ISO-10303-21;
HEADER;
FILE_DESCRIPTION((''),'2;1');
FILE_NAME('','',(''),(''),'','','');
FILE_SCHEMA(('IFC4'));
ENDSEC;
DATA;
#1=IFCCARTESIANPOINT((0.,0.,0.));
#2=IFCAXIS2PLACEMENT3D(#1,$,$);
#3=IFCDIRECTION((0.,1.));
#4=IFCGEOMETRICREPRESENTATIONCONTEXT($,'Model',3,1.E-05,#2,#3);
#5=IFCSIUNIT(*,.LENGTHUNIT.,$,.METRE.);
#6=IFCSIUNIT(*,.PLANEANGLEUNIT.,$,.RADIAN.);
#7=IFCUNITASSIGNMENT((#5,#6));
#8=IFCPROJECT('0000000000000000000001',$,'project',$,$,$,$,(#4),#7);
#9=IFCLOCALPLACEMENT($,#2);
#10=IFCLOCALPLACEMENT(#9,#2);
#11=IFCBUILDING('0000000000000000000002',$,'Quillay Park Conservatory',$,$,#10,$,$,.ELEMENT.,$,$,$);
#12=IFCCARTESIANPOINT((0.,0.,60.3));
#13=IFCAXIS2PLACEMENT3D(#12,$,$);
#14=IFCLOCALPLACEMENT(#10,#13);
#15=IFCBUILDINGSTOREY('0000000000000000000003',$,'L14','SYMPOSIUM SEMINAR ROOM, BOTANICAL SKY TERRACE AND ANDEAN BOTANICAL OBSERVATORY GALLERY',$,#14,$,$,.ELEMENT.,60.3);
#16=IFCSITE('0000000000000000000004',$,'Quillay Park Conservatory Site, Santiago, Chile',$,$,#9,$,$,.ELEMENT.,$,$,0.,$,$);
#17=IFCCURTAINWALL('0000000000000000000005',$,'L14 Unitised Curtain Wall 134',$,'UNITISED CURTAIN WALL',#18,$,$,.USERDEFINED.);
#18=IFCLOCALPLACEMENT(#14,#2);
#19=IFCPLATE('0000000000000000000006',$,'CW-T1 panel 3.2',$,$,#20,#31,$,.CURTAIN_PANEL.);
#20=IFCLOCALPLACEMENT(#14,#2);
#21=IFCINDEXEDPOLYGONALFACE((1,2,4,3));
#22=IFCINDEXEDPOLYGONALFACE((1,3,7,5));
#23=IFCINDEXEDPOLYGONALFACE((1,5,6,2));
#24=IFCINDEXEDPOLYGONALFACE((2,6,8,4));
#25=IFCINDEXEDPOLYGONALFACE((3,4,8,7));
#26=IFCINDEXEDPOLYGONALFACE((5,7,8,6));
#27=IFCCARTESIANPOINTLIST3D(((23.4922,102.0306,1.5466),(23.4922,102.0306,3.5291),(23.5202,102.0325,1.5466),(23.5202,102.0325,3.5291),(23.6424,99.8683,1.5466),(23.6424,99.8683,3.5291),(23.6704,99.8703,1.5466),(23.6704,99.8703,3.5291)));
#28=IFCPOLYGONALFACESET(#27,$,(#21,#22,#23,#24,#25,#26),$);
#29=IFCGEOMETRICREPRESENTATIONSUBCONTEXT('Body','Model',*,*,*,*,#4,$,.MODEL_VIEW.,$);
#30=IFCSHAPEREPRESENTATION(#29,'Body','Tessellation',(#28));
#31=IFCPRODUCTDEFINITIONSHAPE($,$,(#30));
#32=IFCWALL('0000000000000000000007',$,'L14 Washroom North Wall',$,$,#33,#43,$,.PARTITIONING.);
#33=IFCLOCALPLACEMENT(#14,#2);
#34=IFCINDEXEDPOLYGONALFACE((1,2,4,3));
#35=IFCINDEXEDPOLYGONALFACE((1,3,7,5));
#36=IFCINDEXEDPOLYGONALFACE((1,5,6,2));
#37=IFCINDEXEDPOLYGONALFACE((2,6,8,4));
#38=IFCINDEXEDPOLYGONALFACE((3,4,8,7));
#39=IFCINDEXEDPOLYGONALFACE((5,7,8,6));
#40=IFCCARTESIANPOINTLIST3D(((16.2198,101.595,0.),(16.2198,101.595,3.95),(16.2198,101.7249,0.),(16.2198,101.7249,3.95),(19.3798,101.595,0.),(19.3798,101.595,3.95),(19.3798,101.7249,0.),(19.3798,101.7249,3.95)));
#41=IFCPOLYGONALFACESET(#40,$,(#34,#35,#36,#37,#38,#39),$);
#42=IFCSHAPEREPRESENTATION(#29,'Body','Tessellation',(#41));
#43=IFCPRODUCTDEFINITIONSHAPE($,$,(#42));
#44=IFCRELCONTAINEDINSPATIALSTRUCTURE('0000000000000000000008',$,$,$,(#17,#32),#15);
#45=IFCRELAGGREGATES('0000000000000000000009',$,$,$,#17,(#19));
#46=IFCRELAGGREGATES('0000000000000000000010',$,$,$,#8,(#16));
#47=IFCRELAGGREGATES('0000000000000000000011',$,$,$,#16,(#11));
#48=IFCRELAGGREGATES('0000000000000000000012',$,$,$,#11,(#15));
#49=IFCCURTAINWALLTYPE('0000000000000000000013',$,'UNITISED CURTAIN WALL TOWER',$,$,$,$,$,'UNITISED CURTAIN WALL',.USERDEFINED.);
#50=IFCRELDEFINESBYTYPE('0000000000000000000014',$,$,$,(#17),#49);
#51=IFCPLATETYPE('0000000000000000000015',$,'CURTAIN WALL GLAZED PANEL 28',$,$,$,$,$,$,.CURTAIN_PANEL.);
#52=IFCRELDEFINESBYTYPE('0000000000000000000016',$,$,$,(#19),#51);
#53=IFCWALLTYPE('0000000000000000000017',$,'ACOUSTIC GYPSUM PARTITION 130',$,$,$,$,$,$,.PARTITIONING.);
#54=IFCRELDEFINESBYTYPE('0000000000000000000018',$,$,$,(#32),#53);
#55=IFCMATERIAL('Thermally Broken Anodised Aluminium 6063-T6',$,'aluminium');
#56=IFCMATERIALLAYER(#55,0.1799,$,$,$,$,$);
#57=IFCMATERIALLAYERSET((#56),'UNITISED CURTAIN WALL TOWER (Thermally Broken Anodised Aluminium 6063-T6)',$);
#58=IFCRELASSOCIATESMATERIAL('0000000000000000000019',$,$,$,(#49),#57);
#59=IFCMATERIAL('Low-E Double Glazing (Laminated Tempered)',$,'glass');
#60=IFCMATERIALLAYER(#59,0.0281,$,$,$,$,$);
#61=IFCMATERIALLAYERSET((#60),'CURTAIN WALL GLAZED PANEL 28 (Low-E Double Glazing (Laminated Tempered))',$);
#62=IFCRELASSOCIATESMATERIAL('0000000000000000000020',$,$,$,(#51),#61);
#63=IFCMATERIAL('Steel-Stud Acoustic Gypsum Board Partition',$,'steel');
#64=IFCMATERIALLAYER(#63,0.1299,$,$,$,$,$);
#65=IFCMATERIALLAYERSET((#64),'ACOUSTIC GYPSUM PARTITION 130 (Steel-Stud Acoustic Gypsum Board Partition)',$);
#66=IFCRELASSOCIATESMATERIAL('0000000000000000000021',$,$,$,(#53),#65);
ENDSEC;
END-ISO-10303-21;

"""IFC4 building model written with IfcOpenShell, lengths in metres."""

from ifc_helpers import new_model, si_unit, direction, frame, frame_2d, origin, origin_2d, place, context, subcontext, project, spatial, rectangle, extrude, material, layer, layer_set, type_object, element, aggregate, save


model = new_model("IFC4")

# Units and contexts
model_context = context("Model", 3, precision=1e-05, world=origin(), true_north=direction((0.0, 1.0)))
body_context = subcontext(model_context, "Body", "Model", "MODEL_VIEW")
ifc_project = project(units=[si_unit("LENGTHUNIT", "METRE"), si_unit("PLANEANGLEUNIT", "RADIAN")], contexts=[model_context])

# Site, building, storey
site_placement = place(None, origin())
site = spatial("IfcSite", under=ifc_project, at=site_placement, Name="Quillay Park Conservatory Site, Santiago, Chile", CompositionType="ELEMENT", RefElevation=0.0)
building_placement = place(site_placement, origin())
building = spatial("IfcBuilding", under=site, at=building_placement, Name="Quillay Park Conservatory", CompositionType="ELEMENT")
storey_placement = place(building_placement, frame((0.0, 0.0, 60.3)))
storey = spatial("IfcBuildingStorey", under=building, at=storey_placement, Name="L14", Description="SYMPOSIUM SEMINAR ROOM, BOTANICAL SKY TERRACE AND ANDEAN BOTANICAL OBSERVATORY GALLERY", CompositionType="ELEMENT", Elevation=60.3)

# Curtain wall
ifc_material_1 = material(Name="Thermally Broken Anodised Aluminium 6063-T6", Category="aluminium")
ifc_layer_1 = layer(ifc_material_1, 0.1799)
ifc_layer_set_1 = layer_set([ifc_layer_1], Name="UNITISED CURTAIN WALL TOWER (Thermally Broken Anodised Aluminium 6063-T6)")
curtain_wall_type = type_object("IfcCurtainWallType", Name="UNITISED CURTAIN WALL TOWER", ElementType="UNITISED CURTAIN WALL", PredefinedType="USERDEFINED", material=ifc_layer_set_1)
curtain_wall_placement = place(storey_placement, origin())
curtain_wall = element("IfcCurtainWall", 1, at=curtain_wall_placement, inside=storey, type_object=curtain_wall_type, Name="L14 Unitised Curtain Wall 134", ObjectType="UNITISED CURTAIN WALL", PredefinedType="USERDEFINED")

# Plate
ifc_material_2 = material(Name="Low-E Double Glazing (Laminated Tempered)", Category="glass")
ifc_layer_2 = layer(ifc_material_2, 0.0281)
ifc_layer_set_2 = layer_set([ifc_layer_2], Name="CURTAIN WALL GLAZED PANEL 28 (Low-E Double Glazing (Laminated Tempered))")
plate_type = type_object("IfcPlateType", Name="CURTAIN WALL GLAZED PANEL 28", PredefinedType="CURTAIN_PANEL", material=ifc_layer_set_2)
plate_1_placement = place(storey_placement, frame((23.5813, 100.9504, 1.5466), z_axis=(0.0, 0.0, 1.0), x_axis=(0.069264, -0.997598, 0.0)))
plate_1 = element("IfcPlate", 2, at=plate_1_placement, type_object=plate_type, Name="CW-T1 panel 3.2", PredefinedType="CURTAIN_PANEL", context=body_context, shape_type="SweptSolid", body=[
    extrude(rectangle(XDim=2.1675, YDim=0.0281, at=origin_2d()), origin(), (0.0, 0.0, 1.0), 1.9824),
])
aggregate(curtain_wall, [plate_1])

# Wall
ifc_material_3 = material(Name="Steel-Stud Acoustic Gypsum Board Partition", Category="steel")
ifc_layer_3 = layer(ifc_material_3, 0.1299)
ifc_layer_set_3 = layer_set([ifc_layer_3], Name="ACOUSTIC GYPSUM PARTITION 130 (Steel-Stud Acoustic Gypsum Board Partition)")
wall_type_1 = type_object("IfcWallType", Name="ACOUSTIC GYPSUM PARTITION 130", PredefinedType="PARTITIONING", material=ifc_layer_set_3)
wall_1_placement = place(storey_placement, frame((19.3799, 101.6599, 0.0), z_axis=(0.0, 0.0, 1.0), x_axis=(-1.0, 0.0, 0.0)))
element("IfcWall", 3, at=wall_1_placement, inside=storey, type_object=wall_type_1, Name="L14 Washroom North Wall", PredefinedType="PARTITIONING", context=body_context, shape_type="SweptSolid", body=[
    extrude(rectangle(XDim=3.1599, YDim=0.1299, at=frame_2d((1.5801, 0.0))), origin(), (0.0, 0.0, 1.0), 3.95),
])

save(model, "model.ifc")
